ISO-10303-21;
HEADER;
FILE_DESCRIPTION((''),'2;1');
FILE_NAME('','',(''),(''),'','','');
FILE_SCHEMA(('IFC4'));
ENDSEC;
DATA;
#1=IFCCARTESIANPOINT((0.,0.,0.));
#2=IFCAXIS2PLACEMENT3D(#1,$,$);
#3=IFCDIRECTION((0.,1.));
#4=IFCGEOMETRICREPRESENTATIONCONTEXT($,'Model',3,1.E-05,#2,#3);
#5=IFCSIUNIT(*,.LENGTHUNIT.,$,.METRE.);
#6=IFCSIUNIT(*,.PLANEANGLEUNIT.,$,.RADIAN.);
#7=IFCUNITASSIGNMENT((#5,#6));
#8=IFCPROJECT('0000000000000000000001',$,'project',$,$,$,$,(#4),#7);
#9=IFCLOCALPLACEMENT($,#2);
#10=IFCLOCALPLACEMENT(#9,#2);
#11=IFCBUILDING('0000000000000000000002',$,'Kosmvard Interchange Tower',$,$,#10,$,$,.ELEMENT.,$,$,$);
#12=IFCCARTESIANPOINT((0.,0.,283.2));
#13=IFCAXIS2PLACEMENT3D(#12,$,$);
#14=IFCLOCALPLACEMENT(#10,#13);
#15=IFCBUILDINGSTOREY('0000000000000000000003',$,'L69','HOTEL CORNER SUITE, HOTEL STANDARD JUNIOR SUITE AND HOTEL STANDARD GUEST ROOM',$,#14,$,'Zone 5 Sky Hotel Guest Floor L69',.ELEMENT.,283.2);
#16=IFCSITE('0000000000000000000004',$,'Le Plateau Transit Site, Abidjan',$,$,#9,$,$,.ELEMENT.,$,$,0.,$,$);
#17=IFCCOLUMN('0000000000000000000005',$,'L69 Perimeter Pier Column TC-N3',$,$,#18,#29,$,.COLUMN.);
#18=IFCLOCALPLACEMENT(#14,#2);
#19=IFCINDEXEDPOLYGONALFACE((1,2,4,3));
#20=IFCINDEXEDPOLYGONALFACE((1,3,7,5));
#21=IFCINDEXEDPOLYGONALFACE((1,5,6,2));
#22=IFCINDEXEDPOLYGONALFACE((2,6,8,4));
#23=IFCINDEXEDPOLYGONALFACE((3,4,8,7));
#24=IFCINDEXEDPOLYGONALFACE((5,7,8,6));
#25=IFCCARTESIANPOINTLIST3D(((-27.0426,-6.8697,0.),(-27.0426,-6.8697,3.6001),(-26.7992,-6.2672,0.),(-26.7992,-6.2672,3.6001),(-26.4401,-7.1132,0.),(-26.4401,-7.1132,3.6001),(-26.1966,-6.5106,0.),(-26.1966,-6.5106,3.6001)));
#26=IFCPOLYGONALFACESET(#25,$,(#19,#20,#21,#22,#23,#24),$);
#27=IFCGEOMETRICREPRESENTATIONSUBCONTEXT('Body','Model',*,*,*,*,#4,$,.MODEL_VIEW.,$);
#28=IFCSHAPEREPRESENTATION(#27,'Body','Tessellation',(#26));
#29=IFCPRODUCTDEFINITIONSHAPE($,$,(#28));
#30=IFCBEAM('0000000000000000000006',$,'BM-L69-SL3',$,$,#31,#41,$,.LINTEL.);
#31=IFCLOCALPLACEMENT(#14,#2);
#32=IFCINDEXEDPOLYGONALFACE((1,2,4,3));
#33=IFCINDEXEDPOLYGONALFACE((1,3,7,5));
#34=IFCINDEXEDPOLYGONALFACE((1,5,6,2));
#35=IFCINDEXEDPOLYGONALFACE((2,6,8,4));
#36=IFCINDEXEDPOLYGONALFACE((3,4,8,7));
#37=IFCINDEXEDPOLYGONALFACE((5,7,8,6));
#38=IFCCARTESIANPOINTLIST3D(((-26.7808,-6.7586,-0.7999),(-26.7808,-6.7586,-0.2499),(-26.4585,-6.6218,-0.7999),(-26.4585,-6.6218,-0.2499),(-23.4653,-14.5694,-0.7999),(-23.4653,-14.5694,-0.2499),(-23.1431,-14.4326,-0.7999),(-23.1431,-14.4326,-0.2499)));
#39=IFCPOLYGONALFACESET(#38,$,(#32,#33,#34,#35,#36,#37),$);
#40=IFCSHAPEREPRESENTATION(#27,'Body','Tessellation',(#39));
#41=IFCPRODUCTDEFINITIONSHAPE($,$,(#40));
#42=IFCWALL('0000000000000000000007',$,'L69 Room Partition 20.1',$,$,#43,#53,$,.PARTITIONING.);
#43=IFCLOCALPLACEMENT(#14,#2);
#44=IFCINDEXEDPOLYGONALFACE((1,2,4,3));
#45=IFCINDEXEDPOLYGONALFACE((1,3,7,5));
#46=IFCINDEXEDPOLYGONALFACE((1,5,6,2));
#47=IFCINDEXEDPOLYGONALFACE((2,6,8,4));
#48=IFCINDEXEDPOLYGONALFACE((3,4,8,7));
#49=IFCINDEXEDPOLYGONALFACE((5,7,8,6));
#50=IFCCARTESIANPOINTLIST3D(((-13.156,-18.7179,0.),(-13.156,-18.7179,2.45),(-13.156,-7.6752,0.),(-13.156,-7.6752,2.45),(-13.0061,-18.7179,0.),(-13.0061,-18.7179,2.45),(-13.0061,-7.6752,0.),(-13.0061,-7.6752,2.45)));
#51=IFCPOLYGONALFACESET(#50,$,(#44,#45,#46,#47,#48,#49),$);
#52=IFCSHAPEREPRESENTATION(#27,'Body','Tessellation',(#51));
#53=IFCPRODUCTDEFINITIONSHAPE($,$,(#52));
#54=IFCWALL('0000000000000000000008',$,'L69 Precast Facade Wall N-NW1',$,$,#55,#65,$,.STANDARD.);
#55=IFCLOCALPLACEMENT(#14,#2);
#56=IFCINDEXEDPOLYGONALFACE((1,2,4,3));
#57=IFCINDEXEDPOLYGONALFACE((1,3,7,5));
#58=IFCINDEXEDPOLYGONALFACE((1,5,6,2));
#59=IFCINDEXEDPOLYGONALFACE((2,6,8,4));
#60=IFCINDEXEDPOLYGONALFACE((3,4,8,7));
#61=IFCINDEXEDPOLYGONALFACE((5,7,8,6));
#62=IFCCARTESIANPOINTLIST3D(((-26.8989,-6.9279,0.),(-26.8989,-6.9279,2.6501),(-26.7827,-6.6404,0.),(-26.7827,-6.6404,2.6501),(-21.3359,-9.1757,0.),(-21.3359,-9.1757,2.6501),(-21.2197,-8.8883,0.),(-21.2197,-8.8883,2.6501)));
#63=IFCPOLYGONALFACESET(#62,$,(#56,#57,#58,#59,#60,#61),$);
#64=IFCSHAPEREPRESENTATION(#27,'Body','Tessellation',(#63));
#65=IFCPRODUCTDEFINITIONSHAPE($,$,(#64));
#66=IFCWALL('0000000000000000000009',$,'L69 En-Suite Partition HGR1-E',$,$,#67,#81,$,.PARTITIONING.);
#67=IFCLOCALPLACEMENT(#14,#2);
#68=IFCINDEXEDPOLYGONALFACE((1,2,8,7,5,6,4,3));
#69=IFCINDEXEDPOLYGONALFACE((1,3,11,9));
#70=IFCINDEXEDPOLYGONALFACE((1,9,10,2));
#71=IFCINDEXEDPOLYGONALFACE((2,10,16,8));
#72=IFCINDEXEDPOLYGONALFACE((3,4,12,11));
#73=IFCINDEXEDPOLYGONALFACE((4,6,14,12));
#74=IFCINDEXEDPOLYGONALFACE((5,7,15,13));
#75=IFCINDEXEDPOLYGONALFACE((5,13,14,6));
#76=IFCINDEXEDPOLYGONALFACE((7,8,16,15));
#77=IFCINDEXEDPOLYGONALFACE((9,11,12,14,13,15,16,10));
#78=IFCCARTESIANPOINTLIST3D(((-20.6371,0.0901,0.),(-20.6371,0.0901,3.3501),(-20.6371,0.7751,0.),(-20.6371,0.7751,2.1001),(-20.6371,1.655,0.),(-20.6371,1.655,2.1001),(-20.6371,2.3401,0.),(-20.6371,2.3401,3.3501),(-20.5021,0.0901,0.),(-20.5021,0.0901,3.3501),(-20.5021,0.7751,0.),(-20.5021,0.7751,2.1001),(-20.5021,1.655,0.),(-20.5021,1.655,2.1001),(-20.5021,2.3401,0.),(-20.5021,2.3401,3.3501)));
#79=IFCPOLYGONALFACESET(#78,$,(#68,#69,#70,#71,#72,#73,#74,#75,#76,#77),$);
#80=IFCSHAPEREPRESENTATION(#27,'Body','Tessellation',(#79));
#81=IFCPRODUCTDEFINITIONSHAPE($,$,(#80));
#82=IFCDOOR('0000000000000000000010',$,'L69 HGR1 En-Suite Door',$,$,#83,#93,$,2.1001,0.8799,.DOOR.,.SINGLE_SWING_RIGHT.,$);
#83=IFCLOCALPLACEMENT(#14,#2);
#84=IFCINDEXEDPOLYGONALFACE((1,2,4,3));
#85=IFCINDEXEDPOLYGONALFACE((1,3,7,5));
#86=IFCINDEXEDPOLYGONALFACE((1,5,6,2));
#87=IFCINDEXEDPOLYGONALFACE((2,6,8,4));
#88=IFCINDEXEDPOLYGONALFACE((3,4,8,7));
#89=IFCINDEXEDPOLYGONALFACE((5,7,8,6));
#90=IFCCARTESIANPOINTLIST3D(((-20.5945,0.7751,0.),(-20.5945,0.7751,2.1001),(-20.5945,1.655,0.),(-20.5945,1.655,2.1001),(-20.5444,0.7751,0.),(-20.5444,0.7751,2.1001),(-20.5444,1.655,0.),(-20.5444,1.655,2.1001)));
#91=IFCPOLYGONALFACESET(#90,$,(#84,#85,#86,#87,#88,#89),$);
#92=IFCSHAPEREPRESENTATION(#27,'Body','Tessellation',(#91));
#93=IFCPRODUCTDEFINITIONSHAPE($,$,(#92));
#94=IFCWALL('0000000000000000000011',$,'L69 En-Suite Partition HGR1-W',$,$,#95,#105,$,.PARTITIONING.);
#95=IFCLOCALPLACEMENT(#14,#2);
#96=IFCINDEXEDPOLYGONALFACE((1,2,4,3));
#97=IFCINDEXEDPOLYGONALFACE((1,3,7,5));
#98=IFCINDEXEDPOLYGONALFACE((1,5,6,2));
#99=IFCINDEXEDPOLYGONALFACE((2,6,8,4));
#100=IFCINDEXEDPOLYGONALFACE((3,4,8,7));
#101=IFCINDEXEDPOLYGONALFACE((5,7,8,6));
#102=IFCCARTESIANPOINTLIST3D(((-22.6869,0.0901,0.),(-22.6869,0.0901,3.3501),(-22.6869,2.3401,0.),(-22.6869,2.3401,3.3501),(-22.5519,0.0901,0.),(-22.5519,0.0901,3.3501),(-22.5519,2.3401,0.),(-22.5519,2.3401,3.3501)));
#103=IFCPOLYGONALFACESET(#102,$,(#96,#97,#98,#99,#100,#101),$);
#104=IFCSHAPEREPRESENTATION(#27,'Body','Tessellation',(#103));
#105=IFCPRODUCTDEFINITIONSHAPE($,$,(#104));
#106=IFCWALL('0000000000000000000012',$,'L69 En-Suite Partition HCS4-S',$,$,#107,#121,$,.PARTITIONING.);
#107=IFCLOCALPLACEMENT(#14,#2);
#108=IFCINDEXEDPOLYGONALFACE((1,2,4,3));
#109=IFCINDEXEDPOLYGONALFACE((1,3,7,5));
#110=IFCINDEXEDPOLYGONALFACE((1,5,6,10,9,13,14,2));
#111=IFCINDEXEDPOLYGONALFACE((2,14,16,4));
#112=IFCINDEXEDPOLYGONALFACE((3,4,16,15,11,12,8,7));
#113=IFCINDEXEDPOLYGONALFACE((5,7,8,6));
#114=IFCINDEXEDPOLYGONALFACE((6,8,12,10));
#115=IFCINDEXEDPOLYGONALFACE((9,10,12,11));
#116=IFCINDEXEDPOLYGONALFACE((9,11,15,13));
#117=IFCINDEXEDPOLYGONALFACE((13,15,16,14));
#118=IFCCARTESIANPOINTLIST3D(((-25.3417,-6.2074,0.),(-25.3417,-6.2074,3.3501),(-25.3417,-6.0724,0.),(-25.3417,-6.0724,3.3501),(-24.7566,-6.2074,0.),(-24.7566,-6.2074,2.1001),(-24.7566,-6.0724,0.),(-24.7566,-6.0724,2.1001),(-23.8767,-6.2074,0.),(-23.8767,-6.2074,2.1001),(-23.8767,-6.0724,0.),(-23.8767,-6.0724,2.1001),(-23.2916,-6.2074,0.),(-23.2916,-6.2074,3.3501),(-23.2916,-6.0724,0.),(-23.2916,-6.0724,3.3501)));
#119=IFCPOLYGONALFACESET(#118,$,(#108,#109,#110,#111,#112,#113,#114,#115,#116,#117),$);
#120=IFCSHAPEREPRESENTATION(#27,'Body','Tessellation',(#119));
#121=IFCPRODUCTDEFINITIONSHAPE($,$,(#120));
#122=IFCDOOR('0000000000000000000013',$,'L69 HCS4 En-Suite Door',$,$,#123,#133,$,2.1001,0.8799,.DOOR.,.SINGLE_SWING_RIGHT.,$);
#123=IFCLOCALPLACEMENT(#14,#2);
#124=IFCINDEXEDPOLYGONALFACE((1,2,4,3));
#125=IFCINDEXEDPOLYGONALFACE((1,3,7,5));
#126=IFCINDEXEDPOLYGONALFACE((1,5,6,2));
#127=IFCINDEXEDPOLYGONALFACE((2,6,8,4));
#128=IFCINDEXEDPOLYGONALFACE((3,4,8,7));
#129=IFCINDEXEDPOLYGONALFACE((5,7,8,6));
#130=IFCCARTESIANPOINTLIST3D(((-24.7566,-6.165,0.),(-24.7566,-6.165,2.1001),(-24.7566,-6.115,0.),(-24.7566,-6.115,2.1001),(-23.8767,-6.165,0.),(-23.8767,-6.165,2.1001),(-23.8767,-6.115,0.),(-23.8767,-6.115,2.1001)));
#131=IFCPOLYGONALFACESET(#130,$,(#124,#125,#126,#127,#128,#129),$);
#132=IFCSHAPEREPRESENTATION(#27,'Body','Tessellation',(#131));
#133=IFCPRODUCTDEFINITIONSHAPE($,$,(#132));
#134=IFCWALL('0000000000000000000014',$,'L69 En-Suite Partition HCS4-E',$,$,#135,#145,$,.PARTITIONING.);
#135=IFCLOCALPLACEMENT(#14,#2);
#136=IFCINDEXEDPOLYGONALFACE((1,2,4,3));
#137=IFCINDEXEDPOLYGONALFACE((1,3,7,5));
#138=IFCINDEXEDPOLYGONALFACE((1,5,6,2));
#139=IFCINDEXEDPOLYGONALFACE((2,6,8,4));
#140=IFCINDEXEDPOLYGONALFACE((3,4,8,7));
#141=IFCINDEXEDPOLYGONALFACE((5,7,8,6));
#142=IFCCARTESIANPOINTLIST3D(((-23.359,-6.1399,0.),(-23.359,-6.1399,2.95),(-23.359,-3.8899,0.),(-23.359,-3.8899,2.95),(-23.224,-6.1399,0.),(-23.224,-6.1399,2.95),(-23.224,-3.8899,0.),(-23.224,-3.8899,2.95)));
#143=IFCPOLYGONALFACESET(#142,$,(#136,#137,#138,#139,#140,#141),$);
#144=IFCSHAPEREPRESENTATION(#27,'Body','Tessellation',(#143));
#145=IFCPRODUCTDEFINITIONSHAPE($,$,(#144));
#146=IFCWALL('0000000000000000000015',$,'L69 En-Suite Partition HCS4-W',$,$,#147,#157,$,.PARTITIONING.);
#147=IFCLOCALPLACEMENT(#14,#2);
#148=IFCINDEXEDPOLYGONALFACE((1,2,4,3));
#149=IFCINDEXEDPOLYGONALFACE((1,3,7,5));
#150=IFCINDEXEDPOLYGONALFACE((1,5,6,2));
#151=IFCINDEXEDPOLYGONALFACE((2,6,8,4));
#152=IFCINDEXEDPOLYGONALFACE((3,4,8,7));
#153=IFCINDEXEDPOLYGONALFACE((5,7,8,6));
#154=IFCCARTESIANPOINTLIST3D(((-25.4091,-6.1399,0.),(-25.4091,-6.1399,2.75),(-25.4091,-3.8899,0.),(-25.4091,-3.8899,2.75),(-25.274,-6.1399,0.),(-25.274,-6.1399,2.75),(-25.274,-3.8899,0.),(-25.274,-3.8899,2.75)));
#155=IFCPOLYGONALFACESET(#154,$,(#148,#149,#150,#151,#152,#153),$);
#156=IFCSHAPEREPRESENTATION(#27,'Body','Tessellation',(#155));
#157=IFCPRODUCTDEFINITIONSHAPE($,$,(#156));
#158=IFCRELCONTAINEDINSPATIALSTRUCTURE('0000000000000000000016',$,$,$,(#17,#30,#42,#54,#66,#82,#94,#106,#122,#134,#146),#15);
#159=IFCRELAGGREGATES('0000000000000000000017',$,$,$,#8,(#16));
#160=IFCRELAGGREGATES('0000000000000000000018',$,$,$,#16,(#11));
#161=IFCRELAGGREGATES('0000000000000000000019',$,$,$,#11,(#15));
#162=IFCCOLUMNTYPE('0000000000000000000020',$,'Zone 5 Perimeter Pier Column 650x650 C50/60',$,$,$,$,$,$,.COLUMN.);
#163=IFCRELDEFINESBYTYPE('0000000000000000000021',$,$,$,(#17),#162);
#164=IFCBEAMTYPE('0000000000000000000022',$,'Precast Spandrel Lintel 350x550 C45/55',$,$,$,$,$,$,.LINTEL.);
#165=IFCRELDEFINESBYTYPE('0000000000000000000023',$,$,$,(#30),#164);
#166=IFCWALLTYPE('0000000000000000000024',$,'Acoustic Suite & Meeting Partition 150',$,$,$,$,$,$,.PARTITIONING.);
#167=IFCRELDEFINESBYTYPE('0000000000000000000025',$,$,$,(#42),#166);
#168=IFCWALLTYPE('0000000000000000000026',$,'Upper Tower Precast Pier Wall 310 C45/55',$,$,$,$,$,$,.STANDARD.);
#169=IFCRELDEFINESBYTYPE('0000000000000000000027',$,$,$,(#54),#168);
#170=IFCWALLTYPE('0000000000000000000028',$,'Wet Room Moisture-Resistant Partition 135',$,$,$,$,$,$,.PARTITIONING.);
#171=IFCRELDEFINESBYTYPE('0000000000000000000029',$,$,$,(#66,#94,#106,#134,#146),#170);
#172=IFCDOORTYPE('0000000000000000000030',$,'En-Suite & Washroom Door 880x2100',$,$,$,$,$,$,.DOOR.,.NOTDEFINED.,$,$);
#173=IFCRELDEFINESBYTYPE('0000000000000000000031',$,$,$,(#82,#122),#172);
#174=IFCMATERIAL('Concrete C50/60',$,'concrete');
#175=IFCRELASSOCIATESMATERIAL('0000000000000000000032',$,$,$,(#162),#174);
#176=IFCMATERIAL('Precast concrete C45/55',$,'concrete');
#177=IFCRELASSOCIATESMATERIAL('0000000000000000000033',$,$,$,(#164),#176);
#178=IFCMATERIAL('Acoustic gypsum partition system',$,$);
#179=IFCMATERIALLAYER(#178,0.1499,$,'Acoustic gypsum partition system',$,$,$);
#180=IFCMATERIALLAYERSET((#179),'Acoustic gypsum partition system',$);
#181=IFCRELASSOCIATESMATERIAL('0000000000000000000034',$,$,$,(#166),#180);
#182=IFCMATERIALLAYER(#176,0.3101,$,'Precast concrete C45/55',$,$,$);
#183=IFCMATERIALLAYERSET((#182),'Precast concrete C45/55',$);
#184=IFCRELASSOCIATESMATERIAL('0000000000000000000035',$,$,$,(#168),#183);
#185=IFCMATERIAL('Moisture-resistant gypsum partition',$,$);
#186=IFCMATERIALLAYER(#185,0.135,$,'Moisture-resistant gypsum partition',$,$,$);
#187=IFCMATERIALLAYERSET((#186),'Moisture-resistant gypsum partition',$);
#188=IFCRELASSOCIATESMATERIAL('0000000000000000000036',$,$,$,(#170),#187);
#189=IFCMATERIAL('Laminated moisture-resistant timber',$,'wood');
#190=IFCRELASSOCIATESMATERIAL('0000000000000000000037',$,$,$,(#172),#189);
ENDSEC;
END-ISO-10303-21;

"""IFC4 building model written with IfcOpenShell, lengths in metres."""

from ifc_helpers import new_model, si_unit, direction, frame, frame_2d, origin, origin_2d, place, context, subcontext, project, spatial, rectangle, extrude, source, transform, mapped, material, layer, layer_set, material_profile, profile_set, type_object, element, fill, save


model = new_model("IFC4")

# Units and contexts
model_context = context("Model", 3, precision=1e-05, world=origin(), true_north=direction((0.0, 1.0)))
body_context = subcontext(model_context, "Body", "Model", "MODEL_VIEW")
ifc_project = project(units=[si_unit("LENGTHUNIT", "METRE"), si_unit("PLANEANGLEUNIT", "RADIAN")], contexts=[model_context])

# Site, building, storey
site_placement = place(None, origin())
site = spatial("IfcSite", under=ifc_project, at=site_placement, Name="Le Plateau Transit Site, Abidjan", CompositionType="ELEMENT", RefElevation=0.0)
building_placement = place(site_placement, origin())
building = spatial("IfcBuilding", under=site, at=building_placement, Name="Kosmvard Interchange Tower", CompositionType="ELEMENT")
storey_placement = place(building_placement, frame((0.0, 0.0, 283.2)))
storey = spatial("IfcBuildingStorey", under=building, at=storey_placement, Name="L69", Description="HOTEL CORNER SUITE, HOTEL STANDARD JUNIOR SUITE AND HOTEL STANDARD GUEST ROOM", LongName="Zone 5 Sky Hotel Guest Floor L69", CompositionType="ELEMENT", Elevation=283.2)

# Column
ifc_material_1 = material(Name="Concrete C50/60", Category="concrete")
ifc_material_profile_1 = material_profile(ifc_material_1, rectangle(XDim=0.6499, YDim=0.6499, at=origin_2d()), Name="TC 650x650")
ifc_profile_set_1 = profile_set([ifc_material_profile_1], Name="Concrete C50/60")
column_type = type_object("IfcColumnType", Name="Zone 5 Perimeter Pier Column 650x650 C50/60", PredefinedType="COLUMN", material=ifc_profile_set_1)
shared_shape_1 = source(origin(), body_context, "Body", "SweptSolid", [
    extrude(rectangle(XDim=0.6499, YDim=0.6499, at=origin_2d()), origin(), (0.0, 0.0, 1.0), 3.6001),
])
column_placement = place(storey_placement, frame((-26.6196, -6.6902, 0.0), z_axis=(0.0, 0.0, 1.0), x_axis=(0.374607, 0.927184, 0.0)))
element("IfcColumn", 1, at=column_placement, inside=storey, type_object=column_type, Name="L69 Perimeter Pier Column TC-N3", PredefinedType="COLUMN", context=body_context, shape_type="MappedRepresentation", body=[
    mapped(shared_shape_1, transform((0.0, 0.0, 0.0), scale=1.0)),
])

# Beam
ifc_material_2 = material(Name="Precast concrete C45/55", Category="concrete")
ifc_material_profile_2 = material_profile(ifc_material_2, rectangle(XDim=0.3501, YDim=0.55, at=origin_2d()), Name="SL 350x550")
ifc_profile_set_2 = profile_set([ifc_material_profile_2], Name="Precast concrete C45/55")
beam_type = type_object("IfcBeamType", Name="Precast Spandrel Lintel 350x550 C45/55", PredefinedType="LINTEL", material=ifc_profile_set_2)
shared_shape_2 = source(origin(), body_context, "Body", "SweptSolid", [
    extrude(rectangle(XDim=0.3501, YDim=0.55, at=origin_2d()), origin(), (0.0, 0.0, 1.0), 8.4854),
])
beam_placement = place(storey_placement, frame((-26.6196, -6.6902, -0.5249), z_axis=(0.390726, -0.920507, 0.0), x_axis=(0.920507, 0.390726, 0.0)))
element("IfcBeam", 2, at=beam_placement, inside=storey, type_object=beam_type, Name="BM-L69-SL3", PredefinedType="LINTEL", context=body_context, shape_type="MappedRepresentation", body=[
    mapped(shared_shape_2, transform((0.0, 0.0, 0.0), scale=1.0)),
])

# Walls
ifc_material_3 = material(Name="Acoustic gypsum partition system")
ifc_layer_1 = layer(ifc_material_3, 0.1499, Name="Acoustic gypsum partition system")
ifc_layer_set_1 = layer_set([ifc_layer_1], Name="Acoustic gypsum partition system")
wall_type_1 = type_object("IfcWallType", Name="Acoustic Suite & Meeting Partition 150", PredefinedType="PARTITIONING", material=ifc_layer_set_1)
wall_1_placement = place(storey_placement, frame((-13.0811, -7.675, 0.0), z_axis=(0.0, 0.0, 1.0), x_axis=(0.0, -1.0, 0.0)))
element("IfcWall", 3, at=wall_1_placement, inside=storey, type_object=wall_type_1, Name="L69 Room Partition 20.1", PredefinedType="PARTITIONING", context=body_context, shape_type="SweptSolid", body=[
    extrude(rectangle(XDim=11.0427, YDim=0.1499, at=frame_2d((5.5215, 0.0))), origin(), (0.0, 0.0, 1.0), 2.45),
])
ifc_layer_2 = layer(ifc_material_2, 0.3101, Name="Precast concrete C45/55")
ifc_layer_set_2 = layer_set([ifc_layer_2], Name="Precast concrete C45/55")
wall_type_2 = type_object("IfcWallType", Name="Upper Tower Precast Pier Wall 310 C45/55", PredefinedType="STANDARD", material=ifc_layer_set_2)
wall_2_placement = place(storey_placement, frame((-26.8408, -6.7842, 0.0), z_axis=(0.0, 0.0, 1.0), x_axis=(0.927172, -0.374637, 0.0)))
element("IfcWall", 4, at=wall_2_placement, inside=storey, type_object=wall_type_2, Name="L69 Precast Facade Wall N-NW1", PredefinedType="STANDARD", context=body_context, shape_type="SweptSolid", body=[
    extrude(rectangle(XDim=6.0, YDim=0.3101, at=frame_2d((3.0, 0.0))), origin(), (0.0, 0.0, 1.0), 2.6501),
])

# Wall, opening, door
ifc_material_4 = material(Name="Moisture-resistant gypsum partition")
ifc_layer_3 = layer(ifc_material_4, 0.135, Name="Moisture-resistant gypsum partition")
ifc_layer_set_3 = layer_set([ifc_layer_3], Name="Moisture-resistant gypsum partition")
wall_type_3 = type_object("IfcWallType", Name="Wet Room Moisture-Resistant Partition 135", PredefinedType="PARTITIONING", material=ifc_layer_set_3)
wall_3_placement = place(storey_placement, frame((-20.5696, 0.0901, 0.0), z_axis=(0.0, 0.0, 1.0), x_axis=(0.0, 1.0, 0.0)))
wall_3 = element("IfcWall", 5, at=wall_3_placement, inside=storey, type_object=wall_type_3, Name="L69 En-Suite Partition HGR1-E", PredefinedType="PARTITIONING", context=body_context, shape_type="SweptSolid", body=[
    extrude(rectangle(XDim=2.25, YDim=0.135, at=frame_2d((1.125, 0.0))), origin(), (0.0, 0.0, 1.0), 3.3501),
])
opening_1_placement = place(wall_3_placement, frame((0.6851, 0.0, 0.0)))
opening_1 = element("IfcOpeningElement", 6, at=opening_1_placement, cuts=wall_3, PredefinedType="OPENING", context=body_context, shape_type="SweptSolid", body=[
    extrude(rectangle(XDim=0.8799, YDim=2.1001, at=frame_2d((0.4399, 1.05))), frame((0.0, 0.0776, 0.0), z_axis=(0.0, -1.0, 0.0), x_axis=(1.0, 0.0, 0.0)), (0.0, 0.0, 1.0), 0.155),
])
ifc_material_5 = material(Name="Laminated moisture-resistant timber", Category="wood")
door_type = type_object("IfcDoorType", Name="En-Suite & Washroom Door 880x2100", OperationType="NOTDEFINED", PredefinedType="DOOR", material=ifc_material_5)
shared_shape_3 = source(origin(), body_context, "Body", "SweptSolid", [
    extrude(rectangle(XDim=0.8799, YDim=2.1001, at=frame_2d((0.4399, 1.05))), frame((0.0, 0.0249, 0.0), z_axis=(0.0, -1.0, 0.0), x_axis=(1.0, 0.0, 0.0)), (0.0, 0.0, 1.0), 0.05),
])
door_1_placement = place(opening_1_placement, origin())
door_1 = element("IfcDoor", 7, at=door_1_placement, inside=storey, type_object=door_type, Name="L69 HGR1 En-Suite Door", OperationType="SINGLE_SWING_RIGHT", OverallHeight=2.1001, OverallWidth=0.8799, PredefinedType="DOOR", context=body_context, shape_type="MappedRepresentation", body=[
    mapped(shared_shape_3, transform((0.0, 0.0, 0.0), scale=1.0)),
])
fill(opening_1, door_1)

# Wall
wall_4_placement = place(storey_placement, frame((-22.6194, 0.0901, 0.0), z_axis=(0.0, 0.0, 1.0), x_axis=(0.0, 1.0, 0.0)))
element("IfcWall", 8, at=wall_4_placement, inside=storey, type_object=wall_type_3, Name="L69 En-Suite Partition HGR1-W", PredefinedType="PARTITIONING", context=body_context, shape_type="SweptSolid", body=[
    extrude(rectangle(XDim=2.25, YDim=0.135, at=frame_2d((1.125, 0.0))), origin(), (0.0, 0.0, 1.0), 3.3501),
])

# Wall, opening, door
wall_5_placement = place(storey_placement, frame((-25.3416, -6.1399, 0.0), z_axis=(0.0, 0.0, 1.0), x_axis=(1.0, 0.0, 0.0)))
wall_5 = element("IfcWall", 9, at=wall_5_placement, inside=storey, type_object=wall_type_3, Name="L69 En-Suite Partition HCS4-S", PredefinedType="PARTITIONING", context=body_context, shape_type="SweptSolid", body=[
    extrude(rectangle(XDim=2.05, YDim=0.135, at=frame_2d((1.0249, 0.0))), origin(), (0.0, 0.0, 1.0), 3.3501),
])
opening_2_placement = place(wall_5_placement, frame((0.585, 0.0, 0.0)))
opening_2 = element("IfcOpeningElement", 10, at=opening_2_placement, cuts=wall_5, PredefinedType="OPENING", context=body_context, shape_type="SweptSolid", body=[
    extrude(rectangle(XDim=0.8799, YDim=2.1001, at=frame_2d((0.4399, 1.05))), frame((0.0, 0.0776, 0.0), z_axis=(0.0, -1.0, 0.0), x_axis=(1.0, 0.0, 0.0)), (0.0, 0.0, 1.0), 0.155),
])
door_2_placement = place(opening_2_placement, origin())
door_2 = element("IfcDoor", 11, at=door_2_placement, inside=storey, type_object=door_type, Name="L69 HCS4 En-Suite Door", OperationType="SINGLE_SWING_RIGHT", OverallHeight=2.1001, OverallWidth=0.8799, PredefinedType="DOOR", context=body_context, shape_type="MappedRepresentation", body=[
    mapped(shared_shape_3, transform((0.0, 0.0, 0.0), scale=1.0)),
])
fill(opening_2, door_2)

# Walls
wall_6_placement = place(storey_placement, frame((-23.2915, -6.1399, 0.0), z_axis=(0.0, 0.0, 1.0), x_axis=(0.0, 1.0, 0.0)))
element("IfcWall", 12, at=wall_6_placement, inside=storey, type_object=wall_type_3, Name="L69 En-Suite Partition HCS4-E", PredefinedType="PARTITIONING", context=body_context, shape_type="SweptSolid", body=[
    extrude(rectangle(XDim=2.25, YDim=0.135, at=frame_2d((1.125, 0.0))), origin(), (0.0, 0.0, 1.0), 2.95),
])
wall_7_placement = place(storey_placement, frame((-25.3416, -6.1399, 0.0), z_axis=(0.0, 0.0, 1.0), x_axis=(0.0, 1.0, 0.0)))
element("IfcWall", 13, at=wall_7_placement, inside=storey, type_object=wall_type_3, Name="L69 En-Suite Partition HCS4-W", PredefinedType="PARTITIONING", context=body_context, shape_type="SweptSolid", body=[
    extrude(rectangle(XDim=2.25, YDim=0.135, at=frame_2d((1.125, 0.0))), origin(), (0.0, 0.0, 1.0), 2.75),
])

save(model, "model.ifc")
